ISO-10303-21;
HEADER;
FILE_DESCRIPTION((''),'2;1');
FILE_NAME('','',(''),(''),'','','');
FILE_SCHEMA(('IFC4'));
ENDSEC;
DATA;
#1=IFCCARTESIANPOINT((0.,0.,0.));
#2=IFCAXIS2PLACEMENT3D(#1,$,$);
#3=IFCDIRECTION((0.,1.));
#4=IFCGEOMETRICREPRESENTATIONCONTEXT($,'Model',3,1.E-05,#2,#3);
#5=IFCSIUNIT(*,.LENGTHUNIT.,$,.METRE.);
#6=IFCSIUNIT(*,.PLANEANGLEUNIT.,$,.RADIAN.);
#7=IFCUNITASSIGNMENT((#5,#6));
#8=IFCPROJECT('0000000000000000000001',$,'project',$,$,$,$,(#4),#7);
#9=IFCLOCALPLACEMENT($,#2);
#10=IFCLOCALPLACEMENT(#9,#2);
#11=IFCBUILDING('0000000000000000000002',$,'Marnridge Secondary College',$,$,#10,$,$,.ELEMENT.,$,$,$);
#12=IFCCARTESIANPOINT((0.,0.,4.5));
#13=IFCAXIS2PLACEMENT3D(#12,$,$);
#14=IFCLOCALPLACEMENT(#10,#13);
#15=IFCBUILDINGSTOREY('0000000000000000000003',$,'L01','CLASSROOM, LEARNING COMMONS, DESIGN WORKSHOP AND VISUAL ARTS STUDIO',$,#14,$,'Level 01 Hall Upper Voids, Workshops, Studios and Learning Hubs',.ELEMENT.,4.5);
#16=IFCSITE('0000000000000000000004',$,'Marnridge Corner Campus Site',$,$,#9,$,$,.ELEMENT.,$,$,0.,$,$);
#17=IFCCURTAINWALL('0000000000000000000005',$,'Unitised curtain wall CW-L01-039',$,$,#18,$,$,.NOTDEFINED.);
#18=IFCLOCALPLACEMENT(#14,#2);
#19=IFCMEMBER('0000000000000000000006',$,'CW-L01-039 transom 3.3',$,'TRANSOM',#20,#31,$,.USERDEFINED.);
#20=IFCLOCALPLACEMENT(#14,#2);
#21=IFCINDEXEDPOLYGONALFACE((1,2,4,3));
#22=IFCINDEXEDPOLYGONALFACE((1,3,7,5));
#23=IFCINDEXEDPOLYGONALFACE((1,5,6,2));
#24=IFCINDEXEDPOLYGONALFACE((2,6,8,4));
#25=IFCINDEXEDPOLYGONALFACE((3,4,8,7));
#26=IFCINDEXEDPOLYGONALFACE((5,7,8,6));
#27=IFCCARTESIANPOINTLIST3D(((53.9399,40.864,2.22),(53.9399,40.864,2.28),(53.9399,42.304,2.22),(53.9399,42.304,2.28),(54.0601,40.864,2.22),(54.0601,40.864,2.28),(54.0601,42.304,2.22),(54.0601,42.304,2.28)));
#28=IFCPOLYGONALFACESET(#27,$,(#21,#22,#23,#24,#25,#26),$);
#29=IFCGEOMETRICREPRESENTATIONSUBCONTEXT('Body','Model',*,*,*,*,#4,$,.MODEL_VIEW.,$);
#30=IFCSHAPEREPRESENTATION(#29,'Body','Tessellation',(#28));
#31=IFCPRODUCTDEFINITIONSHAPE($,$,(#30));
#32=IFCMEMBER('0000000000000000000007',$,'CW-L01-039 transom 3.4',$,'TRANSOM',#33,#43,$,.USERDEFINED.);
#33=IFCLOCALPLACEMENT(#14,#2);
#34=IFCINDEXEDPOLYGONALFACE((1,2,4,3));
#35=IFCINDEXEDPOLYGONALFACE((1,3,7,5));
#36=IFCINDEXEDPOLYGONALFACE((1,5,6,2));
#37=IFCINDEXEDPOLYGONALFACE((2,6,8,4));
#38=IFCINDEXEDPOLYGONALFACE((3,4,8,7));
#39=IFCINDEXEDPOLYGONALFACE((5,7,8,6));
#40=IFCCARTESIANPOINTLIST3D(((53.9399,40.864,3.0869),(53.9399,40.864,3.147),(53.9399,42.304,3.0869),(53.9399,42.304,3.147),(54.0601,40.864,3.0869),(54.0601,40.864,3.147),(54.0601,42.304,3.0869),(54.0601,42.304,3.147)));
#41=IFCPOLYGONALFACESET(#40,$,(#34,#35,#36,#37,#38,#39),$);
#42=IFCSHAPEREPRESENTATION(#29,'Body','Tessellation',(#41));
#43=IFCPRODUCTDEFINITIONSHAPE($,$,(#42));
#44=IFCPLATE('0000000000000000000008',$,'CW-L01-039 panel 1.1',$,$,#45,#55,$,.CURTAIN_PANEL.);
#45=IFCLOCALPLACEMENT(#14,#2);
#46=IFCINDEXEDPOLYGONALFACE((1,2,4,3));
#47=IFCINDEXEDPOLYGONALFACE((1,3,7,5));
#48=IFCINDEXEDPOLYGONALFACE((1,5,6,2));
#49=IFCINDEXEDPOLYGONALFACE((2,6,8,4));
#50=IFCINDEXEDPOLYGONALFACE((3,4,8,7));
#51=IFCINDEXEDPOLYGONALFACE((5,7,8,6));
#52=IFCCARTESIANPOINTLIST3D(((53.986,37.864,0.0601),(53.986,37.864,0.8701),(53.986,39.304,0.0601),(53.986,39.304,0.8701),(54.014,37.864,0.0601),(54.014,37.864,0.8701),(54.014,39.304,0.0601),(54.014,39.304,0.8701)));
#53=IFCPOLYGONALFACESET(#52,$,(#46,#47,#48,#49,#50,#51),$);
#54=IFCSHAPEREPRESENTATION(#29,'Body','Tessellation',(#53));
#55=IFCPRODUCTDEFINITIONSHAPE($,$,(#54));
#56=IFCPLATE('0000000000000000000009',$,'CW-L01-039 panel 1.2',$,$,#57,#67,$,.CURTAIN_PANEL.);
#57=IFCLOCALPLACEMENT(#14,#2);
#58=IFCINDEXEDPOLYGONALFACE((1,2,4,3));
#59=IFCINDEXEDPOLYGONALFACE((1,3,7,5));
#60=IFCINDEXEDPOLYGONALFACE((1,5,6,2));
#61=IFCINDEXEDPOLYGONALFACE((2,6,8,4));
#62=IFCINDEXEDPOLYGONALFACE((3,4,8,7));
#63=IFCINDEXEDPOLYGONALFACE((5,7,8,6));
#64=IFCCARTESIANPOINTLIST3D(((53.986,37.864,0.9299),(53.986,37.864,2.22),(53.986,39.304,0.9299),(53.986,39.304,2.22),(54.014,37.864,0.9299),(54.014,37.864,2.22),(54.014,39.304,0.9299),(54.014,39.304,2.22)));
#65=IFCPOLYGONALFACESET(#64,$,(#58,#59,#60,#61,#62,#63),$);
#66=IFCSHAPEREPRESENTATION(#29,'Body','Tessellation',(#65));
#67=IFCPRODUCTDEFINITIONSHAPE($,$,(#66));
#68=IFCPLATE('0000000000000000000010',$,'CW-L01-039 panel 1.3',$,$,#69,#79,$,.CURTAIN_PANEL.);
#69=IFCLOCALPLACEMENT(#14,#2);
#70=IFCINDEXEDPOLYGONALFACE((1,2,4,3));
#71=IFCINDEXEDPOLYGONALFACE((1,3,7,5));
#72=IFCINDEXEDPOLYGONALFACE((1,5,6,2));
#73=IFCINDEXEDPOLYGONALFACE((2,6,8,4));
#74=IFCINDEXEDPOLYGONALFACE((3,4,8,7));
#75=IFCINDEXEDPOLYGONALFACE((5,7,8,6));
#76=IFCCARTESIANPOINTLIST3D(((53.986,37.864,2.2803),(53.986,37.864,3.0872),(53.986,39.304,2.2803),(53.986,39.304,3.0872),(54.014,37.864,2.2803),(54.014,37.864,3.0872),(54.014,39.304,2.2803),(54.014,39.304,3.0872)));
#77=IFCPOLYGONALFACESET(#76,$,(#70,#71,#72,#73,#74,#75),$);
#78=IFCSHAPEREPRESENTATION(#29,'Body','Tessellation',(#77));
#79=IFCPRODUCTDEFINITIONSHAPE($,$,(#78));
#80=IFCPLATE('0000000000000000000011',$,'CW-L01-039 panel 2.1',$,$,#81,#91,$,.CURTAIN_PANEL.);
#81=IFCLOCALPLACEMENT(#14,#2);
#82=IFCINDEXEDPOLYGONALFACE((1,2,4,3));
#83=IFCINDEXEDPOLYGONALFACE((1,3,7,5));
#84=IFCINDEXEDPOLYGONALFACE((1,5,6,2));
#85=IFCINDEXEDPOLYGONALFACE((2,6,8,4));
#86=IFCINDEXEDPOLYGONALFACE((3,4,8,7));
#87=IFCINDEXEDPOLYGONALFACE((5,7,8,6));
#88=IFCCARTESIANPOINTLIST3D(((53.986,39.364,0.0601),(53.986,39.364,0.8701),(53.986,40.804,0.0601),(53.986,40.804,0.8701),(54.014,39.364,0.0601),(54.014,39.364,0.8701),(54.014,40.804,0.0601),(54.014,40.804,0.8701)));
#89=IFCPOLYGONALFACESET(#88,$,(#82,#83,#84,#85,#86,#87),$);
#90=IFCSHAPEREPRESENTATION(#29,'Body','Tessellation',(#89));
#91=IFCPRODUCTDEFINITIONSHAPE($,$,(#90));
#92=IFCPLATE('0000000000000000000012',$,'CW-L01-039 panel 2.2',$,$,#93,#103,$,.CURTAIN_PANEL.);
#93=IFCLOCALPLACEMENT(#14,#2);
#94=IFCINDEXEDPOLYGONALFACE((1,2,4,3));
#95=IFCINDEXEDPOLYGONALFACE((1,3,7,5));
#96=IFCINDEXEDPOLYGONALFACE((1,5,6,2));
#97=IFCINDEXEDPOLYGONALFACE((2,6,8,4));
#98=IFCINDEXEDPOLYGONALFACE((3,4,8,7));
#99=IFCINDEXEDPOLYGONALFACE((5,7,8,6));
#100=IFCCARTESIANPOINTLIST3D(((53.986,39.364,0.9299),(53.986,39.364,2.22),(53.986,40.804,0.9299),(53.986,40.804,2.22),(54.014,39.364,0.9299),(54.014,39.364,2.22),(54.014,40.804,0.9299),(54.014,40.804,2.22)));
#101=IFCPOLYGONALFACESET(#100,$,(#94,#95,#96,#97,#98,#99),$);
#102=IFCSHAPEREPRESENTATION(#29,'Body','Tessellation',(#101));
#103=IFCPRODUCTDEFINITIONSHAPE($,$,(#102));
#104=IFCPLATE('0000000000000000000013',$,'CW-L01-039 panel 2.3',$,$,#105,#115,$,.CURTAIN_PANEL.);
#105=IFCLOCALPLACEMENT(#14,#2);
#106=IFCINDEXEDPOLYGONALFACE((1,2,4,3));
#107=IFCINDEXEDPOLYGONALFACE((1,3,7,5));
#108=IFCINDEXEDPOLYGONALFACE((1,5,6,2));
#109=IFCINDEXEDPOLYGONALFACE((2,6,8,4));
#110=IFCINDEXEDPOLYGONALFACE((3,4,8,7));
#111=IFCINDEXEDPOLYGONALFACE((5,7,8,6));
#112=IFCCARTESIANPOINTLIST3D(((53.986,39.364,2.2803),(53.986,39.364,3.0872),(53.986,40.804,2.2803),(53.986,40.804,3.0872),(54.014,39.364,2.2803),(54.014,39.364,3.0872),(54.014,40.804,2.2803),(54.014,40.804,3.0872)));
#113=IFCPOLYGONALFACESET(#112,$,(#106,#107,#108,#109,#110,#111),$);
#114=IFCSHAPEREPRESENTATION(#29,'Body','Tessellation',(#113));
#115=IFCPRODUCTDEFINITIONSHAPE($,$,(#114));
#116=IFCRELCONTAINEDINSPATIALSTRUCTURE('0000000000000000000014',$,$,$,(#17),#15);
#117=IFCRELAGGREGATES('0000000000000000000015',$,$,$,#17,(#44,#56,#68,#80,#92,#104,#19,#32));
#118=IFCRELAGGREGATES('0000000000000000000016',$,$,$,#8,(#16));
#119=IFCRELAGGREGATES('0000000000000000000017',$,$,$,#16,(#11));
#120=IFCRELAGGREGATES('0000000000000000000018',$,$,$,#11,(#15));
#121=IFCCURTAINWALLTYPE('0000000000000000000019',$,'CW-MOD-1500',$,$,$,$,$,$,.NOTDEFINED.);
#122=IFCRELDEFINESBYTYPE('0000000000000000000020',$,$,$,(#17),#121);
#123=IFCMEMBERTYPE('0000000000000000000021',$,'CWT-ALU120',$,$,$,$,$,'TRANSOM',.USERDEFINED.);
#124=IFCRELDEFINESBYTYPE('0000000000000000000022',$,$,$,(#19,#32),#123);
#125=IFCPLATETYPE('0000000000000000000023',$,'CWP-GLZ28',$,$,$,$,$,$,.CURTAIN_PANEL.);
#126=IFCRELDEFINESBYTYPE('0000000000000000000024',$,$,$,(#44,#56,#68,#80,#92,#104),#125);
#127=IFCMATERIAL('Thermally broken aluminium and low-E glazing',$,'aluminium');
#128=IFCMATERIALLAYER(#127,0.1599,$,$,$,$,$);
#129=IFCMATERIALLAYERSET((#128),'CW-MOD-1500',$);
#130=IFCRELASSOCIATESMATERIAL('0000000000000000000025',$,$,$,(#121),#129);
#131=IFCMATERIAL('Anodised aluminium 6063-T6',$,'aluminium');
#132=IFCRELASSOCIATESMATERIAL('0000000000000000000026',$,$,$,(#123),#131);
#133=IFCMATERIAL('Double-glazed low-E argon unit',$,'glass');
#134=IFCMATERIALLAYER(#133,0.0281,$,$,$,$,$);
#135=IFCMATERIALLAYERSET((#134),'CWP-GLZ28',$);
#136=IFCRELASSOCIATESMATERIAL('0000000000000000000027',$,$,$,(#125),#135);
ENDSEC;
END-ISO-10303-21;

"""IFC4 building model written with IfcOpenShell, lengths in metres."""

from ifc_helpers import new_model, si_unit, direction, frame, origin, origin_2d, place, context, subcontext, project, spatial, rectangle, extrude, material, layer, layer_set, material_profile, profile_set, type_object, element, aggregate, save


model = new_model("IFC4")

# Units and contexts
model_context = context("Model", 3, precision=1e-05, world=origin(), true_north=direction((0.0, 1.0)))
body_context = subcontext(model_context, "Body", "Model", "MODEL_VIEW")
ifc_project = project(units=[si_unit("LENGTHUNIT", "METRE"), si_unit("PLANEANGLEUNIT", "RADIAN")], contexts=[model_context])

# Site, building, storey
site_placement = place(None, origin())
site = spatial("IfcSite", under=ifc_project, at=site_placement, Name="Marnridge Corner Campus Site", CompositionType="ELEMENT", RefElevation=0.0)
building_placement = place(site_placement, origin())
building = spatial("IfcBuilding", under=site, at=building_placement, Name="Marnridge Secondary College", CompositionType="ELEMENT")
storey_placement = place(building_placement, frame((0.0, 0.0, 4.5)))
storey = spatial("IfcBuildingStorey", under=building, at=storey_placement, Name="L01", Description="CLASSROOM, LEARNING COMMONS, DESIGN WORKSHOP AND VISUAL ARTS STUDIO", LongName="Level 01 Hall Upper Voids, Workshops, Studios and Learning Hubs", CompositionType="ELEMENT", Elevation=4.5)

# Curtain wall, members, plates
ifc_material_1 = material(Name="Thermally broken aluminium and low-E glazing", Category="aluminium")
ifc_layer_1 = layer(ifc_material_1, 0.1599)
ifc_layer_set_1 = layer_set([ifc_layer_1], Name="CW-MOD-1500")
curtain_wall_type = type_object("IfcCurtainWallType", Name="CW-MOD-1500", PredefinedType="NOTDEFINED", material=ifc_layer_set_1)
curtain_wall_placement = place(storey_placement, origin())
curtain_wall = element("IfcCurtainWall", 1, at=curtain_wall_placement, inside=storey, type_object=curtain_wall_type, Name="Unitised curtain wall CW-L01-039", PredefinedType="NOTDEFINED")
ifc_material_2 = material(Name="Anodised aluminium 6063-T6", Category="aluminium")
ifc_material_profile_1 = material_profile(ifc_material_2, rectangle(XDim=0.0601, YDim=0.1201, at=origin_2d()), Name="ALU 60x120")
ifc_profile_set_1 = profile_set([ifc_material_profile_1], Name="Anodised aluminium 6063-T6")
member_type_1 = type_object("IfcMemberType", Name="CWT-ALU120", ElementType="TRANSOM", PredefinedType="USERDEFINED", material=ifc_profile_set_1)
member_1_placement = place(storey_placement, frame((54.0, 40.864, 2.25), z_axis=(0.0, 1.0, 0.0), x_axis=(0.0, 0.0, 1.0)))
member_1 = element("IfcMember", 2, at=member_1_placement, type_object=member_type_1, Name="CW-L01-039 transom 3.3", ObjectType="TRANSOM", PredefinedType="USERDEFINED", context=body_context, shape_type="SweptSolid", body=[
    extrude(rectangle(XDim=0.0601, YDim=0.1201, at=origin_2d()), origin(), (0.0, 0.0, 1.0), 1.4399),
])
member_2_placement = place(storey_placement, frame((54.0, 40.864, 3.1169), z_axis=(0.0, 1.0, 0.0), x_axis=(0.0, 0.0, 1.0)))
member_2 = element("IfcMember", 3, at=member_2_placement, type_object=member_type_1, Name="CW-L01-039 transom 3.4", ObjectType="TRANSOM", PredefinedType="USERDEFINED", context=body_context, shape_type="SweptSolid", body=[
    extrude(rectangle(XDim=0.0601, YDim=0.1201, at=origin_2d()), origin(), (0.0, 0.0, 1.0), 1.4399),
])
ifc_material_3 = material(Name="Double-glazed low-E argon unit", Category="glass")
ifc_layer_2 = layer(ifc_material_3, 0.0281)
ifc_layer_set_2 = layer_set([ifc_layer_2], Name="CWP-GLZ28")
plate_type = type_object("IfcPlateType", Name="CWP-GLZ28", PredefinedType="CURTAIN_PANEL", material=ifc_layer_set_2)
plate_1_placement = place(storey_placement, frame((54.0, 38.584, 0.0601), z_axis=(0.0, 0.0, 1.0), x_axis=(0.0, 1.0, 0.0)))
plate_1 = element("IfcPlate", 4, at=plate_1_placement, type_object=plate_type, Name="CW-L01-039 panel 1.1", PredefinedType="CURTAIN_PANEL", context=body_context, shape_type="SweptSolid", body=[
    extrude(rectangle(XDim=1.4399, YDim=0.0281, at=origin_2d()), origin(), (0.0, 0.0, 1.0), 0.8101),
])
plate_2_placement = place(storey_placement, frame((54.0, 38.584, 0.9299), z_axis=(0.0, 0.0, 1.0), x_axis=(0.0, 1.0, 0.0)))
plate_2 = element("IfcPlate", 5, at=plate_2_placement, type_object=plate_type, Name="CW-L01-039 panel 1.2", PredefinedType="CURTAIN_PANEL", context=body_context, shape_type="SweptSolid", body=[
    extrude(rectangle(XDim=1.4399, YDim=0.0281, at=origin_2d()), origin(), (0.0, 0.0, 1.0), 1.29),
])
plate_3_placement = place(storey_placement, frame((54.0, 38.584, 2.2803), z_axis=(0.0, 0.0, 1.0), x_axis=(0.0, 1.0, 0.0)))
plate_3 = element("IfcPlate", 6, at=plate_3_placement, type_object=plate_type, Name="CW-L01-039 panel 1.3", PredefinedType="CURTAIN_PANEL", context=body_context, shape_type="SweptSolid", body=[
    extrude(rectangle(XDim=1.4399, YDim=0.0281, at=origin_2d()), origin(), (0.0, 0.0, 1.0), 0.8069),
])
plate_4_placement = place(storey_placement, frame((54.0, 40.084, 0.0601), z_axis=(0.0, 0.0, 1.0), x_axis=(0.0, 1.0, 0.0)))
plate_4 = element("IfcPlate", 7, at=plate_4_placement, type_object=plate_type, Name="CW-L01-039 panel 2.1", PredefinedType="CURTAIN_PANEL", context=body_context, shape_type="SweptSolid", body=[
    extrude(rectangle(XDim=1.4399, YDim=0.0281, at=origin_2d()), origin(), (0.0, 0.0, 1.0), 0.8101),
])
plate_5_placement = place(storey_placement, frame((54.0, 40.084, 0.9299), z_axis=(0.0, 0.0, 1.0), x_axis=(0.0, 1.0, 0.0)))
plate_5 = element("IfcPlate", 8, at=plate_5_placement, type_object=plate_type, Name="CW-L01-039 panel 2.2", PredefinedType="CURTAIN_PANEL", context=body_context, shape_type="SweptSolid", body=[
    extrude(rectangle(XDim=1.4399, YDim=0.0281, at=origin_2d()), origin(), (0.0, 0.0, 1.0), 1.29),
])
plate_6_placement = place(storey_placement, frame((54.0, 40.084, 2.2803), z_axis=(0.0, 0.0, 1.0), x_axis=(0.0, 1.0, 0.0)))
plate_6 = element("IfcPlate", 9, at=plate_6_placement, type_object=plate_type, Name="CW-L01-039 panel 2.3", PredefinedType="CURTAIN_PANEL", context=body_context, shape_type="SweptSolid", body=[
    extrude(rectangle(XDim=1.4399, YDim=0.0281, at=origin_2d()), origin(), (0.0, 0.0, 1.0), 0.8069),
])
aggregate(curtain_wall, [plate_1, plate_2, plate_3, plate_4, plate_5, plate_6, member_1, member_2])

save(model, "model.ifc")
